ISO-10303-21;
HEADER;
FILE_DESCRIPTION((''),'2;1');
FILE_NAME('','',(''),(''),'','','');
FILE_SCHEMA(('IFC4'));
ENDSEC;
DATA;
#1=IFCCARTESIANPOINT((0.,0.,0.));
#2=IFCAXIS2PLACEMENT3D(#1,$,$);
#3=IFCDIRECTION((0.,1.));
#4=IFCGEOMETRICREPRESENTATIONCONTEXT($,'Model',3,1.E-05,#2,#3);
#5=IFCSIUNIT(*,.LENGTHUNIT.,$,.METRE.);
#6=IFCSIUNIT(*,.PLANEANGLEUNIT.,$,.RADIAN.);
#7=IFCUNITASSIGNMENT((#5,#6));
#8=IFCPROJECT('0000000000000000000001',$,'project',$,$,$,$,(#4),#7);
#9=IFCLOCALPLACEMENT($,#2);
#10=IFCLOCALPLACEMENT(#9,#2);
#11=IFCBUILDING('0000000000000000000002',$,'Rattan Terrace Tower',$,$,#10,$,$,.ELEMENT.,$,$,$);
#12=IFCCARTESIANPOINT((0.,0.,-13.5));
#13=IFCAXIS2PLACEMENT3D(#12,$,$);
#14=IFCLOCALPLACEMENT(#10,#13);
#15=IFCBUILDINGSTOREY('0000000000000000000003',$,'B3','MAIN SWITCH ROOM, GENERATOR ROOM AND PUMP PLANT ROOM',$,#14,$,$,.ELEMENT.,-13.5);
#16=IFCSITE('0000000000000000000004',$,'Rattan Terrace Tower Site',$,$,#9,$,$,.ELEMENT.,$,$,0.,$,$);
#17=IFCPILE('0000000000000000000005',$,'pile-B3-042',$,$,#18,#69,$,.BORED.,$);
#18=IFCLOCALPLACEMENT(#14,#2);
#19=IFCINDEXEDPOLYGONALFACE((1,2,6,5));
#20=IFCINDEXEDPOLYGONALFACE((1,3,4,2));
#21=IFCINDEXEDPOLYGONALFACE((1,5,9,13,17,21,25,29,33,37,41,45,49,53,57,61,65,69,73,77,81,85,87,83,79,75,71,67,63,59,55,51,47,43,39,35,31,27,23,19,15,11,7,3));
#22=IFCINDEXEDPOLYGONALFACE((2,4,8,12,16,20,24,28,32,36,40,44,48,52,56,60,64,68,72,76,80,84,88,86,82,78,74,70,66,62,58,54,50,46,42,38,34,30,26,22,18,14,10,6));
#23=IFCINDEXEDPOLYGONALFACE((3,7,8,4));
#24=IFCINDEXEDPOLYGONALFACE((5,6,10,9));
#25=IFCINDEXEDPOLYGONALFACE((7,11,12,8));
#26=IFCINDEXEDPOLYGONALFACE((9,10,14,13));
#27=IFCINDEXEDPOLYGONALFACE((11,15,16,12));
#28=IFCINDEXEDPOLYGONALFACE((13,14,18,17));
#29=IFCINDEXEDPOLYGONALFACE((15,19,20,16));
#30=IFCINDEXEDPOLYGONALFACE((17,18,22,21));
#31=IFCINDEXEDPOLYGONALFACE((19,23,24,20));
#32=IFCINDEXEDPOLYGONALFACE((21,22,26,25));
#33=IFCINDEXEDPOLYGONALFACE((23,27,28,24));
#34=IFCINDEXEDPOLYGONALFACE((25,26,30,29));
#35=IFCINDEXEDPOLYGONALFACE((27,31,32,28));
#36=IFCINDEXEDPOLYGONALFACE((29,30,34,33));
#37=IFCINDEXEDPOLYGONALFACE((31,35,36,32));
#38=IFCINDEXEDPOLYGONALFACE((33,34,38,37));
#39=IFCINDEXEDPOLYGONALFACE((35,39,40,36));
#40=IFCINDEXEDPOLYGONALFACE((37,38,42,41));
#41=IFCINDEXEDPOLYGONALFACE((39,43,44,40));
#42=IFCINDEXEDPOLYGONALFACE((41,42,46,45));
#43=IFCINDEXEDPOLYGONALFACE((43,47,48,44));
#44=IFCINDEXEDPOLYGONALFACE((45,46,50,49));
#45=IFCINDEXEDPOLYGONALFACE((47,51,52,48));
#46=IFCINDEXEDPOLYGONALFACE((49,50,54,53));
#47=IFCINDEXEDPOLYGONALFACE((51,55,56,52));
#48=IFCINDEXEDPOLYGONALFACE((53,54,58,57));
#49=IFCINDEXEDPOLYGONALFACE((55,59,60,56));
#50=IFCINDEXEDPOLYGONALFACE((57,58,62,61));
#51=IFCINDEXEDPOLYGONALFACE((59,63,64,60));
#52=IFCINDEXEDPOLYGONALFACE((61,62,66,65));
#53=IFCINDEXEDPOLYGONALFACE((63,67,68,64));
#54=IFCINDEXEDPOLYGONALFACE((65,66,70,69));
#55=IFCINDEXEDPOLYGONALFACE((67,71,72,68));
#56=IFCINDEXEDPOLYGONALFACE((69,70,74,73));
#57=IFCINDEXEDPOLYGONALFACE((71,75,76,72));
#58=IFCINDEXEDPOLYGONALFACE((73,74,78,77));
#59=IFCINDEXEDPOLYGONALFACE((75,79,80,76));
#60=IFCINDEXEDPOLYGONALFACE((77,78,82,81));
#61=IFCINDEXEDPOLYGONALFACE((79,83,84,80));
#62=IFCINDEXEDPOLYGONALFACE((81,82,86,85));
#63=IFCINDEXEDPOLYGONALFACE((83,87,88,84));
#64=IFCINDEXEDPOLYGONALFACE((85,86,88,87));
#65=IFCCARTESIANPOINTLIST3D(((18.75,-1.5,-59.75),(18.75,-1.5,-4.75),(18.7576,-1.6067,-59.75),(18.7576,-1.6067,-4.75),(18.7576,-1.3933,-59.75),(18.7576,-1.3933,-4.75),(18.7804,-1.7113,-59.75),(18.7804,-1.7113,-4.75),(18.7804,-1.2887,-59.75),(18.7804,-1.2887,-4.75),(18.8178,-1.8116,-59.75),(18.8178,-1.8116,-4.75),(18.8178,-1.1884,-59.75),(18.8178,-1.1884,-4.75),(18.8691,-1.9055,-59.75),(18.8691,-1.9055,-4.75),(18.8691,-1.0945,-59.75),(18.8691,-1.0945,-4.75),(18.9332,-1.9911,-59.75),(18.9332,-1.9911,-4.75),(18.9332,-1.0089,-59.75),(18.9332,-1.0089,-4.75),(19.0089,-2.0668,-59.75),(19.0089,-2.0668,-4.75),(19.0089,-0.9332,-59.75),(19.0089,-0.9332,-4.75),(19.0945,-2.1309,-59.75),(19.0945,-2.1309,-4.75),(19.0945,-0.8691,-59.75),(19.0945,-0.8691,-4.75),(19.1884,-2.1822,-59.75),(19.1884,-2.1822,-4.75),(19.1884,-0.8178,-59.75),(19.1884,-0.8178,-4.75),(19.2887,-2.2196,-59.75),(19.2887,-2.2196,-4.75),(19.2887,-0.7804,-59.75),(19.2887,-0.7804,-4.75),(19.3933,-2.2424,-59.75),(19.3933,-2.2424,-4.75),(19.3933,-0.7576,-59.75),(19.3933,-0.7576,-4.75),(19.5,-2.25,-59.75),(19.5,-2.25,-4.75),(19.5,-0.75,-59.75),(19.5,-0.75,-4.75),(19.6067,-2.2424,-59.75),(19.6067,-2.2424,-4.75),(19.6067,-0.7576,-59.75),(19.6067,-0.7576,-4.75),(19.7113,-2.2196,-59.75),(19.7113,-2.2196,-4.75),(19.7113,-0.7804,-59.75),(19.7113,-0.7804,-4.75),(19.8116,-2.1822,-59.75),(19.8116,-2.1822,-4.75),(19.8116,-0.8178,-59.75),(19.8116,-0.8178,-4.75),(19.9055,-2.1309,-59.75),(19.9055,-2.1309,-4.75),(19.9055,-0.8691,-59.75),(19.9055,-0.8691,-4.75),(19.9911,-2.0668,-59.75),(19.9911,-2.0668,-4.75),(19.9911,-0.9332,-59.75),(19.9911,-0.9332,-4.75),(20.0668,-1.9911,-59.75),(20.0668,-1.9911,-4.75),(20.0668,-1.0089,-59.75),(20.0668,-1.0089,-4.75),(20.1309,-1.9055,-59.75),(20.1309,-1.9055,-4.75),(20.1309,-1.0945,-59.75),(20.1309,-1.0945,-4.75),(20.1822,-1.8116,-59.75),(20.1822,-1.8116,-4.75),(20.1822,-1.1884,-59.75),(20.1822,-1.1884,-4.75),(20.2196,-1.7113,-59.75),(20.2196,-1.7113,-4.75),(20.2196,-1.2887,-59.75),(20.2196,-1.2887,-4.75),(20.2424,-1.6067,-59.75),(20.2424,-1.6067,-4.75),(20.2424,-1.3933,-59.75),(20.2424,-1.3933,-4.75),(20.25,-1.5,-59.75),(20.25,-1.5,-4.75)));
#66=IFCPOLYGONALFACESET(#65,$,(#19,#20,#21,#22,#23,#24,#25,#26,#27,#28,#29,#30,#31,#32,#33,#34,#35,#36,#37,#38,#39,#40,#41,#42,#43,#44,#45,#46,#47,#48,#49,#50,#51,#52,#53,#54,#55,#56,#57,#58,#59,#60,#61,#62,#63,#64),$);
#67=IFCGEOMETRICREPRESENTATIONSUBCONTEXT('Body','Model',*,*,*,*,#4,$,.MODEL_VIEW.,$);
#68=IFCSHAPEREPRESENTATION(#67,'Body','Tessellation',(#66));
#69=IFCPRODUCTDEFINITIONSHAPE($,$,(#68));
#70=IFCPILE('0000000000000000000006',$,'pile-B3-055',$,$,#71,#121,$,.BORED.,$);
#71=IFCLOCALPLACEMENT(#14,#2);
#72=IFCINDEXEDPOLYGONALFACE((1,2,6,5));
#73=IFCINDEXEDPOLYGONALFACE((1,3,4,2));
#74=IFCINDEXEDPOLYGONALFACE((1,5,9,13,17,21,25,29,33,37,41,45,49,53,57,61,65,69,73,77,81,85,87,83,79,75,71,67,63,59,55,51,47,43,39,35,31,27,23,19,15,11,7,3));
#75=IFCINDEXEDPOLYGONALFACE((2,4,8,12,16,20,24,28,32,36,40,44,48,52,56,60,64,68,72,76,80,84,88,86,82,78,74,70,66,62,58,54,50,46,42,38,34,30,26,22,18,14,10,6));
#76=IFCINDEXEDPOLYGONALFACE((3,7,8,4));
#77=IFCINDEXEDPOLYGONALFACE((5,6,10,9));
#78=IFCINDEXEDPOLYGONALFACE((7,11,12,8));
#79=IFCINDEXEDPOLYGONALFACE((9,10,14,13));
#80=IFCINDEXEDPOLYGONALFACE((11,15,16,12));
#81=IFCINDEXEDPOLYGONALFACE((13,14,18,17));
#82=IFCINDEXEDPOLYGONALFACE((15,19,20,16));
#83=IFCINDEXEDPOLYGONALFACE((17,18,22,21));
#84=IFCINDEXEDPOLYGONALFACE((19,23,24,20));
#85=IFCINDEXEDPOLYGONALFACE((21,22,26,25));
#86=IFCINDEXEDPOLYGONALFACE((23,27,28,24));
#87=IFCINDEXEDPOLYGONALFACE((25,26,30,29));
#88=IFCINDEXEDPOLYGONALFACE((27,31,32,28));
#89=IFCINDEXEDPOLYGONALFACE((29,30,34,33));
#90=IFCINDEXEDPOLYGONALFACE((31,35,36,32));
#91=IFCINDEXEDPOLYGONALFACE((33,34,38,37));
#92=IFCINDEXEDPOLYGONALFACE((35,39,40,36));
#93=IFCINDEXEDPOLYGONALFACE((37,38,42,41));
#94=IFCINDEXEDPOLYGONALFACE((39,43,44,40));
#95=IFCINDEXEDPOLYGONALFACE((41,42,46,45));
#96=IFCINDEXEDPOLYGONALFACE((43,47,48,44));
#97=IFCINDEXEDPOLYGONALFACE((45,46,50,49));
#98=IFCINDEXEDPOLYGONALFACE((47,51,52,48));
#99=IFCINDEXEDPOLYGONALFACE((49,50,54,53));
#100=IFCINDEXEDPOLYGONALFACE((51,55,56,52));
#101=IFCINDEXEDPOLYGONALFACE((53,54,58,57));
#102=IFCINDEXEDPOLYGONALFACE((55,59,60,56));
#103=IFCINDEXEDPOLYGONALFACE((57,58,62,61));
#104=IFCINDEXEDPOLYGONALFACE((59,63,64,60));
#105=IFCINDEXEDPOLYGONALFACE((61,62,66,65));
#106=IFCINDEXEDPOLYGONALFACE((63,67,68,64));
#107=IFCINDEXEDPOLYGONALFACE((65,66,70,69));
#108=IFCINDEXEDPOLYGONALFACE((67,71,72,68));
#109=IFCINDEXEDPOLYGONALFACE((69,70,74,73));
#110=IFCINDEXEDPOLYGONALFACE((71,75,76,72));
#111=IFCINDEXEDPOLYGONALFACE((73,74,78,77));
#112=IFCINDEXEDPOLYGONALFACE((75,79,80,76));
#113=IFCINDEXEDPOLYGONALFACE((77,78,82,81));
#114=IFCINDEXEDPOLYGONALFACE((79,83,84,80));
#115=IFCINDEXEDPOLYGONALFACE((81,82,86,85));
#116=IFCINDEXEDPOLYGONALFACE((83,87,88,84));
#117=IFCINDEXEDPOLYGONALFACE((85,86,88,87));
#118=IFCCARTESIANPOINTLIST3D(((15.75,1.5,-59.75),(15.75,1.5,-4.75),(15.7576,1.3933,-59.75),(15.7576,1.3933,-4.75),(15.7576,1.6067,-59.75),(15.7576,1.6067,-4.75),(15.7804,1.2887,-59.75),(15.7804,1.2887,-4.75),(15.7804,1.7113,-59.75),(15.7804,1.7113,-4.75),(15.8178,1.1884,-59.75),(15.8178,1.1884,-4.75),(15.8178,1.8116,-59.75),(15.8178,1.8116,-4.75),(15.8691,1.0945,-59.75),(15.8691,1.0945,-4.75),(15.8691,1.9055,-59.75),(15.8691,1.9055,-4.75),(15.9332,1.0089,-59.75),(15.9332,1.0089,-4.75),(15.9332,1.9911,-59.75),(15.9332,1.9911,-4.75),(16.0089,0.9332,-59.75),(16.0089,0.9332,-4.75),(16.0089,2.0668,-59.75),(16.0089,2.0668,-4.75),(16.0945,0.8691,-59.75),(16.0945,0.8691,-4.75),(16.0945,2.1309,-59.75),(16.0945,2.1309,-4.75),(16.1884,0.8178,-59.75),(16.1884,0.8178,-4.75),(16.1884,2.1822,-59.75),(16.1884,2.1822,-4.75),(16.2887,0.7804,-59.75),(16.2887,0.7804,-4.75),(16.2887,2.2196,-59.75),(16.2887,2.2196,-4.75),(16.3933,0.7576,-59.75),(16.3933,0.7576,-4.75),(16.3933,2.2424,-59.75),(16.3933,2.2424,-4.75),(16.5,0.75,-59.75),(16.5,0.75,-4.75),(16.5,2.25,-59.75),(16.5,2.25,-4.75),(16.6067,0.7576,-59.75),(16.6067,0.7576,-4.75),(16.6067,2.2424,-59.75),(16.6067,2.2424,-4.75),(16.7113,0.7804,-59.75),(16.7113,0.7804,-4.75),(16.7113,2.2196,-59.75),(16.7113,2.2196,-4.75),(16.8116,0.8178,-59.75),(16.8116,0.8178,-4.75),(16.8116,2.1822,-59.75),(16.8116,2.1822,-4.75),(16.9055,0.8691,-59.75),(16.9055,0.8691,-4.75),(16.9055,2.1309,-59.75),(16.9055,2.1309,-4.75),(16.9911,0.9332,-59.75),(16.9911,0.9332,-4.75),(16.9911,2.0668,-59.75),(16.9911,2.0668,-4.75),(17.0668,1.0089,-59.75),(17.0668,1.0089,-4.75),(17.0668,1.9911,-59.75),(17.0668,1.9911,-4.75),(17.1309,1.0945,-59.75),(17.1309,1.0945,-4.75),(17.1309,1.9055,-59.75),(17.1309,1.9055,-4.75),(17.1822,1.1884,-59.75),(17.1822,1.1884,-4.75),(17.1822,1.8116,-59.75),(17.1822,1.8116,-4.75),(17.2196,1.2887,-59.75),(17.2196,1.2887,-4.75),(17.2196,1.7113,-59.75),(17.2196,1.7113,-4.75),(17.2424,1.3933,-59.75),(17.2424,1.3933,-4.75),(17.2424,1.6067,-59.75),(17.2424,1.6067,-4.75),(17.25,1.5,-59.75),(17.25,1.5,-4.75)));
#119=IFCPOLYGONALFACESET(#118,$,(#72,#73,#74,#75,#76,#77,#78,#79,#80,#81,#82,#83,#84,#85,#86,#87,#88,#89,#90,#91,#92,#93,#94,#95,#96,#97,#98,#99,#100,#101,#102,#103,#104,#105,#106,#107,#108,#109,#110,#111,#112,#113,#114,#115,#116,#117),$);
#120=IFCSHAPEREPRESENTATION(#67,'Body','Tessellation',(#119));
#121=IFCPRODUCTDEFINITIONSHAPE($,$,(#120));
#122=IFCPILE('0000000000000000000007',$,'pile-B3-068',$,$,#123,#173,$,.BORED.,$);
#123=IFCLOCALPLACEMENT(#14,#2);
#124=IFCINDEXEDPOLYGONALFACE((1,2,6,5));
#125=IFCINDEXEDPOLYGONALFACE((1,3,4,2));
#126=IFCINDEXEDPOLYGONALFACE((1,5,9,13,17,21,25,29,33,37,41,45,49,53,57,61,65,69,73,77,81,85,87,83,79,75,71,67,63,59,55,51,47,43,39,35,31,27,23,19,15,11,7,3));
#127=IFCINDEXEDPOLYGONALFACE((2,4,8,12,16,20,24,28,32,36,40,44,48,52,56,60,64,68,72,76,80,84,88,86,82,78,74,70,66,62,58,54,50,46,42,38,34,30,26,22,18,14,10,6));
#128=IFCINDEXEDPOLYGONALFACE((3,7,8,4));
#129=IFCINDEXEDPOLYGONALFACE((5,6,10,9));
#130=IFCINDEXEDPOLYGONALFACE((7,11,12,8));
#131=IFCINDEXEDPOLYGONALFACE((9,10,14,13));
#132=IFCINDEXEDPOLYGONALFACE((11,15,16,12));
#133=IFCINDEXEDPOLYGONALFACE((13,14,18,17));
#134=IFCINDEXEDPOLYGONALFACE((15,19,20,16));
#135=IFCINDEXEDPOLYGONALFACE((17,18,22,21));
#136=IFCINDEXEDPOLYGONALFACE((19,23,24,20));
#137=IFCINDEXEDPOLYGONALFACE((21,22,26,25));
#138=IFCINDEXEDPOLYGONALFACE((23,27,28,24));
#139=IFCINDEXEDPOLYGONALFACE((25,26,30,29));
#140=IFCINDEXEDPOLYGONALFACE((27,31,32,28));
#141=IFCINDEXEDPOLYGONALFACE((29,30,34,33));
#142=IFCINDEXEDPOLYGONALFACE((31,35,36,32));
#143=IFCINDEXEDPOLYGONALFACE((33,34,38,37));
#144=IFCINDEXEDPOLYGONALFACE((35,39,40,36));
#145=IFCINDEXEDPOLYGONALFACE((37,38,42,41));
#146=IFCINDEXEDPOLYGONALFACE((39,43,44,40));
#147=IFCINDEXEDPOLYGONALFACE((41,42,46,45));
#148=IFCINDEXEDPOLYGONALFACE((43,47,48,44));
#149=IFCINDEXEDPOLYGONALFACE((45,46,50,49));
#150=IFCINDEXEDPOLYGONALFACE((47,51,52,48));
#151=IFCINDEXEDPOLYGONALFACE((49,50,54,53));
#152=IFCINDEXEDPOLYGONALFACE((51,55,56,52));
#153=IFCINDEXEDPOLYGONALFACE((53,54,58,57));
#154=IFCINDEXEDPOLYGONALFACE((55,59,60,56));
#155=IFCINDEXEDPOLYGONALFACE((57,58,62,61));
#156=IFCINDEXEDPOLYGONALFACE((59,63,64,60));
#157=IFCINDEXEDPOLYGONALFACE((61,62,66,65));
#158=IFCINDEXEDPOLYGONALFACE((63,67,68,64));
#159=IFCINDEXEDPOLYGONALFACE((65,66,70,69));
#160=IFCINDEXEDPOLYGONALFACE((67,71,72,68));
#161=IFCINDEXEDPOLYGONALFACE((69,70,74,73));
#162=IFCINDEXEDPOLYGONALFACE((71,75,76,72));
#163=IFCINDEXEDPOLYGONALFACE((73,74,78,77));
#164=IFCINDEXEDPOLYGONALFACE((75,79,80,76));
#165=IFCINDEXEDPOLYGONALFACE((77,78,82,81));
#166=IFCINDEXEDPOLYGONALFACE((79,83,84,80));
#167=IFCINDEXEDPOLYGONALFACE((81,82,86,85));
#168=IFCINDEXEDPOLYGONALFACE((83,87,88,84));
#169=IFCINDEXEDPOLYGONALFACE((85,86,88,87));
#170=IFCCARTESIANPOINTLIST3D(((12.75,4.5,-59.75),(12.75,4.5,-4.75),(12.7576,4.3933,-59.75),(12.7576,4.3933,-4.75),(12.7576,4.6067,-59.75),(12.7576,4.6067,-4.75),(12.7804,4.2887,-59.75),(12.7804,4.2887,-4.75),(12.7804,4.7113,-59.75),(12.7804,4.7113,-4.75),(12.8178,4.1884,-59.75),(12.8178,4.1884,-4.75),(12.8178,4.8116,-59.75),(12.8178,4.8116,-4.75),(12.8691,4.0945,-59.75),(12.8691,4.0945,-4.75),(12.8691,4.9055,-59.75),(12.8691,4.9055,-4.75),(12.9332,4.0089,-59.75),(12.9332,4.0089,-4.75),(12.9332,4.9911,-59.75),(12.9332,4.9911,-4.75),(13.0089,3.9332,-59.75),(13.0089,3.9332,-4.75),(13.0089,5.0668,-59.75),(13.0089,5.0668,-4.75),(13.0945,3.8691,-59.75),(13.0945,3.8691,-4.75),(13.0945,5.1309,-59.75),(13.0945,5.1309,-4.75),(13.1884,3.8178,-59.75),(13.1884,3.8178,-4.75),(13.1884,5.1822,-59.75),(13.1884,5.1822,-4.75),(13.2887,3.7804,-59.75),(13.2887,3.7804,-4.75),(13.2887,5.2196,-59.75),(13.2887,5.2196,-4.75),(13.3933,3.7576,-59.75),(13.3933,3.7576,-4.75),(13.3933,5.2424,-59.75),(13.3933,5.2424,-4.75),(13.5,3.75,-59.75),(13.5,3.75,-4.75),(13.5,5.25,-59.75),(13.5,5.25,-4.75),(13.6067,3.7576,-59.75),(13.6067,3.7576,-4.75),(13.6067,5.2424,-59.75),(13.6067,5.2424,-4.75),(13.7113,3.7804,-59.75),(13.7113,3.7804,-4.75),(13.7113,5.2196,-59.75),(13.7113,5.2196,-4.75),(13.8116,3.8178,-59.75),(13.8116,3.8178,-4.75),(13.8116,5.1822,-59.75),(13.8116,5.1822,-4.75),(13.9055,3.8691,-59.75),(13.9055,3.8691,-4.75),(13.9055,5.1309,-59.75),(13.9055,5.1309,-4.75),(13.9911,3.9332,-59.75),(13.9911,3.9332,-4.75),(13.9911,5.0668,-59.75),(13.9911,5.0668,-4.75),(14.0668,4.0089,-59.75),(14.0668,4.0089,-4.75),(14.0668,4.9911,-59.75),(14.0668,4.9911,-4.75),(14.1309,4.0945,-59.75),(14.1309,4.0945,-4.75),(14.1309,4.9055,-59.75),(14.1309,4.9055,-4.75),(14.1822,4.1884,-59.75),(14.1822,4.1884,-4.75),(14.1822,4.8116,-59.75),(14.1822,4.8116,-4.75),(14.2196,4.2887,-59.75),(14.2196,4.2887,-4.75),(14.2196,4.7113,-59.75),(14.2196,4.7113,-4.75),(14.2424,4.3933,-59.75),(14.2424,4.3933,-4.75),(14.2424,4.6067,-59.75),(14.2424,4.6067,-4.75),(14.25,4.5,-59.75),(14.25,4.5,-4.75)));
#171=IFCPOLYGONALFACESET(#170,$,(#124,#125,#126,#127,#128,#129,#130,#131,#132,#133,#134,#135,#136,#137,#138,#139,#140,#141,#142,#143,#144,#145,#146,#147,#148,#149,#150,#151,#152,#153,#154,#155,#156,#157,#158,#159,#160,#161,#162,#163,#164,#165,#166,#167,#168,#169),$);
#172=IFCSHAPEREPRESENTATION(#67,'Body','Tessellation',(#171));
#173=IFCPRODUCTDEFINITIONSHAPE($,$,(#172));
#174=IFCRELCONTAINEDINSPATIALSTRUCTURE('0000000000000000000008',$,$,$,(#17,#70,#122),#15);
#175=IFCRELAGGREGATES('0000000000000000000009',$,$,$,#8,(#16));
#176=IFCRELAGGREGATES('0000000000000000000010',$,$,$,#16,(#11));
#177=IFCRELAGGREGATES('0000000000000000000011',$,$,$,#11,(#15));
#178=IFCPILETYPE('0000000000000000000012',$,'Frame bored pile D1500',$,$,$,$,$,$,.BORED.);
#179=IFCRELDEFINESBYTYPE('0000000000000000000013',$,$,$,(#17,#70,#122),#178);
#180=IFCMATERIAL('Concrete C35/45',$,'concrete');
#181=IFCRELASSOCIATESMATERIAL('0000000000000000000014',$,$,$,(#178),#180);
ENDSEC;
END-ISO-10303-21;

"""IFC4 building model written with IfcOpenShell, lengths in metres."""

from ifc_helpers import new_model, si_unit, direction, frame, origin, origin_2d, place, context, subcontext, project, spatial, circle, extrude, material, material_profile, profile_set, type_object, element, save


model = new_model("IFC4")

# Units and contexts
model_context = context("Model", 3, precision=1e-05, world=origin(), true_north=direction((0.0, 1.0)))
body_context = subcontext(model_context, "Body", "Model", "MODEL_VIEW")
ifc_project = project(units=[si_unit("LENGTHUNIT", "METRE"), si_unit("PLANEANGLEUNIT", "RADIAN")], contexts=[model_context])

# Site, building, storey
site_placement = place(None, origin())
site = spatial("IfcSite", under=ifc_project, at=site_placement, Name="Rattan Terrace Tower Site", CompositionType="ELEMENT", RefElevation=0.0)
building_placement = place(site_placement, origin())
building = spatial("IfcBuilding", under=site, at=building_placement, Name="Rattan Terrace Tower", CompositionType="ELEMENT")
storey_placement = place(building_placement, frame((0.0, 0.0, -13.5)))
storey = spatial("IfcBuildingStorey", under=building, at=storey_placement, Name="B3", Description="MAIN SWITCH ROOM, GENERATOR ROOM AND PUMP PLANT ROOM", CompositionType="ELEMENT", Elevation=-13.5)

# Piles
ifc_material_1 = material(Name="Concrete C35/45", Category="concrete")
ifc_material_profile_1 = material_profile(ifc_material_1, circle(Radius=0.75, at=origin_2d()), Name="PILE D1500")
ifc_profile_set_1 = profile_set([ifc_material_profile_1], Name="Concrete C35/45")
pile_type = type_object("IfcPileType", Name="Frame bored pile D1500", PredefinedType="BORED", material=ifc_profile_set_1)
for number, where, z_axis, x_axis, name in (
    (1, (19.5, -1.5, -4.75), (0.0, 0.0, -1.0), (1.0, 0.0, 0.0), "pile-B3-042"),
    (2, (16.5, 1.5, -4.75), (0.0, 0.0, -1.0), (1.0, 0.0, 0.0), "pile-B3-055"),
    (3, (13.5, 4.5, -4.75), (0.0, 0.0, -1.0), (1.0, 0.0, 0.0), "pile-B3-068"),
):
    element("IfcPile", number, at=place(storey_placement, frame(where, z_axis=z_axis, x_axis=x_axis)), inside=storey, type_object=pile_type, Name=name, PredefinedType="BORED", context=body_context, shape_type="SweptSolid", body=[
        extrude(circle(Radius=0.75, at=origin_2d()), origin(), (0.0, 0.0, 1.0), 55.0),
    ])

save(model, "model.ifc")
